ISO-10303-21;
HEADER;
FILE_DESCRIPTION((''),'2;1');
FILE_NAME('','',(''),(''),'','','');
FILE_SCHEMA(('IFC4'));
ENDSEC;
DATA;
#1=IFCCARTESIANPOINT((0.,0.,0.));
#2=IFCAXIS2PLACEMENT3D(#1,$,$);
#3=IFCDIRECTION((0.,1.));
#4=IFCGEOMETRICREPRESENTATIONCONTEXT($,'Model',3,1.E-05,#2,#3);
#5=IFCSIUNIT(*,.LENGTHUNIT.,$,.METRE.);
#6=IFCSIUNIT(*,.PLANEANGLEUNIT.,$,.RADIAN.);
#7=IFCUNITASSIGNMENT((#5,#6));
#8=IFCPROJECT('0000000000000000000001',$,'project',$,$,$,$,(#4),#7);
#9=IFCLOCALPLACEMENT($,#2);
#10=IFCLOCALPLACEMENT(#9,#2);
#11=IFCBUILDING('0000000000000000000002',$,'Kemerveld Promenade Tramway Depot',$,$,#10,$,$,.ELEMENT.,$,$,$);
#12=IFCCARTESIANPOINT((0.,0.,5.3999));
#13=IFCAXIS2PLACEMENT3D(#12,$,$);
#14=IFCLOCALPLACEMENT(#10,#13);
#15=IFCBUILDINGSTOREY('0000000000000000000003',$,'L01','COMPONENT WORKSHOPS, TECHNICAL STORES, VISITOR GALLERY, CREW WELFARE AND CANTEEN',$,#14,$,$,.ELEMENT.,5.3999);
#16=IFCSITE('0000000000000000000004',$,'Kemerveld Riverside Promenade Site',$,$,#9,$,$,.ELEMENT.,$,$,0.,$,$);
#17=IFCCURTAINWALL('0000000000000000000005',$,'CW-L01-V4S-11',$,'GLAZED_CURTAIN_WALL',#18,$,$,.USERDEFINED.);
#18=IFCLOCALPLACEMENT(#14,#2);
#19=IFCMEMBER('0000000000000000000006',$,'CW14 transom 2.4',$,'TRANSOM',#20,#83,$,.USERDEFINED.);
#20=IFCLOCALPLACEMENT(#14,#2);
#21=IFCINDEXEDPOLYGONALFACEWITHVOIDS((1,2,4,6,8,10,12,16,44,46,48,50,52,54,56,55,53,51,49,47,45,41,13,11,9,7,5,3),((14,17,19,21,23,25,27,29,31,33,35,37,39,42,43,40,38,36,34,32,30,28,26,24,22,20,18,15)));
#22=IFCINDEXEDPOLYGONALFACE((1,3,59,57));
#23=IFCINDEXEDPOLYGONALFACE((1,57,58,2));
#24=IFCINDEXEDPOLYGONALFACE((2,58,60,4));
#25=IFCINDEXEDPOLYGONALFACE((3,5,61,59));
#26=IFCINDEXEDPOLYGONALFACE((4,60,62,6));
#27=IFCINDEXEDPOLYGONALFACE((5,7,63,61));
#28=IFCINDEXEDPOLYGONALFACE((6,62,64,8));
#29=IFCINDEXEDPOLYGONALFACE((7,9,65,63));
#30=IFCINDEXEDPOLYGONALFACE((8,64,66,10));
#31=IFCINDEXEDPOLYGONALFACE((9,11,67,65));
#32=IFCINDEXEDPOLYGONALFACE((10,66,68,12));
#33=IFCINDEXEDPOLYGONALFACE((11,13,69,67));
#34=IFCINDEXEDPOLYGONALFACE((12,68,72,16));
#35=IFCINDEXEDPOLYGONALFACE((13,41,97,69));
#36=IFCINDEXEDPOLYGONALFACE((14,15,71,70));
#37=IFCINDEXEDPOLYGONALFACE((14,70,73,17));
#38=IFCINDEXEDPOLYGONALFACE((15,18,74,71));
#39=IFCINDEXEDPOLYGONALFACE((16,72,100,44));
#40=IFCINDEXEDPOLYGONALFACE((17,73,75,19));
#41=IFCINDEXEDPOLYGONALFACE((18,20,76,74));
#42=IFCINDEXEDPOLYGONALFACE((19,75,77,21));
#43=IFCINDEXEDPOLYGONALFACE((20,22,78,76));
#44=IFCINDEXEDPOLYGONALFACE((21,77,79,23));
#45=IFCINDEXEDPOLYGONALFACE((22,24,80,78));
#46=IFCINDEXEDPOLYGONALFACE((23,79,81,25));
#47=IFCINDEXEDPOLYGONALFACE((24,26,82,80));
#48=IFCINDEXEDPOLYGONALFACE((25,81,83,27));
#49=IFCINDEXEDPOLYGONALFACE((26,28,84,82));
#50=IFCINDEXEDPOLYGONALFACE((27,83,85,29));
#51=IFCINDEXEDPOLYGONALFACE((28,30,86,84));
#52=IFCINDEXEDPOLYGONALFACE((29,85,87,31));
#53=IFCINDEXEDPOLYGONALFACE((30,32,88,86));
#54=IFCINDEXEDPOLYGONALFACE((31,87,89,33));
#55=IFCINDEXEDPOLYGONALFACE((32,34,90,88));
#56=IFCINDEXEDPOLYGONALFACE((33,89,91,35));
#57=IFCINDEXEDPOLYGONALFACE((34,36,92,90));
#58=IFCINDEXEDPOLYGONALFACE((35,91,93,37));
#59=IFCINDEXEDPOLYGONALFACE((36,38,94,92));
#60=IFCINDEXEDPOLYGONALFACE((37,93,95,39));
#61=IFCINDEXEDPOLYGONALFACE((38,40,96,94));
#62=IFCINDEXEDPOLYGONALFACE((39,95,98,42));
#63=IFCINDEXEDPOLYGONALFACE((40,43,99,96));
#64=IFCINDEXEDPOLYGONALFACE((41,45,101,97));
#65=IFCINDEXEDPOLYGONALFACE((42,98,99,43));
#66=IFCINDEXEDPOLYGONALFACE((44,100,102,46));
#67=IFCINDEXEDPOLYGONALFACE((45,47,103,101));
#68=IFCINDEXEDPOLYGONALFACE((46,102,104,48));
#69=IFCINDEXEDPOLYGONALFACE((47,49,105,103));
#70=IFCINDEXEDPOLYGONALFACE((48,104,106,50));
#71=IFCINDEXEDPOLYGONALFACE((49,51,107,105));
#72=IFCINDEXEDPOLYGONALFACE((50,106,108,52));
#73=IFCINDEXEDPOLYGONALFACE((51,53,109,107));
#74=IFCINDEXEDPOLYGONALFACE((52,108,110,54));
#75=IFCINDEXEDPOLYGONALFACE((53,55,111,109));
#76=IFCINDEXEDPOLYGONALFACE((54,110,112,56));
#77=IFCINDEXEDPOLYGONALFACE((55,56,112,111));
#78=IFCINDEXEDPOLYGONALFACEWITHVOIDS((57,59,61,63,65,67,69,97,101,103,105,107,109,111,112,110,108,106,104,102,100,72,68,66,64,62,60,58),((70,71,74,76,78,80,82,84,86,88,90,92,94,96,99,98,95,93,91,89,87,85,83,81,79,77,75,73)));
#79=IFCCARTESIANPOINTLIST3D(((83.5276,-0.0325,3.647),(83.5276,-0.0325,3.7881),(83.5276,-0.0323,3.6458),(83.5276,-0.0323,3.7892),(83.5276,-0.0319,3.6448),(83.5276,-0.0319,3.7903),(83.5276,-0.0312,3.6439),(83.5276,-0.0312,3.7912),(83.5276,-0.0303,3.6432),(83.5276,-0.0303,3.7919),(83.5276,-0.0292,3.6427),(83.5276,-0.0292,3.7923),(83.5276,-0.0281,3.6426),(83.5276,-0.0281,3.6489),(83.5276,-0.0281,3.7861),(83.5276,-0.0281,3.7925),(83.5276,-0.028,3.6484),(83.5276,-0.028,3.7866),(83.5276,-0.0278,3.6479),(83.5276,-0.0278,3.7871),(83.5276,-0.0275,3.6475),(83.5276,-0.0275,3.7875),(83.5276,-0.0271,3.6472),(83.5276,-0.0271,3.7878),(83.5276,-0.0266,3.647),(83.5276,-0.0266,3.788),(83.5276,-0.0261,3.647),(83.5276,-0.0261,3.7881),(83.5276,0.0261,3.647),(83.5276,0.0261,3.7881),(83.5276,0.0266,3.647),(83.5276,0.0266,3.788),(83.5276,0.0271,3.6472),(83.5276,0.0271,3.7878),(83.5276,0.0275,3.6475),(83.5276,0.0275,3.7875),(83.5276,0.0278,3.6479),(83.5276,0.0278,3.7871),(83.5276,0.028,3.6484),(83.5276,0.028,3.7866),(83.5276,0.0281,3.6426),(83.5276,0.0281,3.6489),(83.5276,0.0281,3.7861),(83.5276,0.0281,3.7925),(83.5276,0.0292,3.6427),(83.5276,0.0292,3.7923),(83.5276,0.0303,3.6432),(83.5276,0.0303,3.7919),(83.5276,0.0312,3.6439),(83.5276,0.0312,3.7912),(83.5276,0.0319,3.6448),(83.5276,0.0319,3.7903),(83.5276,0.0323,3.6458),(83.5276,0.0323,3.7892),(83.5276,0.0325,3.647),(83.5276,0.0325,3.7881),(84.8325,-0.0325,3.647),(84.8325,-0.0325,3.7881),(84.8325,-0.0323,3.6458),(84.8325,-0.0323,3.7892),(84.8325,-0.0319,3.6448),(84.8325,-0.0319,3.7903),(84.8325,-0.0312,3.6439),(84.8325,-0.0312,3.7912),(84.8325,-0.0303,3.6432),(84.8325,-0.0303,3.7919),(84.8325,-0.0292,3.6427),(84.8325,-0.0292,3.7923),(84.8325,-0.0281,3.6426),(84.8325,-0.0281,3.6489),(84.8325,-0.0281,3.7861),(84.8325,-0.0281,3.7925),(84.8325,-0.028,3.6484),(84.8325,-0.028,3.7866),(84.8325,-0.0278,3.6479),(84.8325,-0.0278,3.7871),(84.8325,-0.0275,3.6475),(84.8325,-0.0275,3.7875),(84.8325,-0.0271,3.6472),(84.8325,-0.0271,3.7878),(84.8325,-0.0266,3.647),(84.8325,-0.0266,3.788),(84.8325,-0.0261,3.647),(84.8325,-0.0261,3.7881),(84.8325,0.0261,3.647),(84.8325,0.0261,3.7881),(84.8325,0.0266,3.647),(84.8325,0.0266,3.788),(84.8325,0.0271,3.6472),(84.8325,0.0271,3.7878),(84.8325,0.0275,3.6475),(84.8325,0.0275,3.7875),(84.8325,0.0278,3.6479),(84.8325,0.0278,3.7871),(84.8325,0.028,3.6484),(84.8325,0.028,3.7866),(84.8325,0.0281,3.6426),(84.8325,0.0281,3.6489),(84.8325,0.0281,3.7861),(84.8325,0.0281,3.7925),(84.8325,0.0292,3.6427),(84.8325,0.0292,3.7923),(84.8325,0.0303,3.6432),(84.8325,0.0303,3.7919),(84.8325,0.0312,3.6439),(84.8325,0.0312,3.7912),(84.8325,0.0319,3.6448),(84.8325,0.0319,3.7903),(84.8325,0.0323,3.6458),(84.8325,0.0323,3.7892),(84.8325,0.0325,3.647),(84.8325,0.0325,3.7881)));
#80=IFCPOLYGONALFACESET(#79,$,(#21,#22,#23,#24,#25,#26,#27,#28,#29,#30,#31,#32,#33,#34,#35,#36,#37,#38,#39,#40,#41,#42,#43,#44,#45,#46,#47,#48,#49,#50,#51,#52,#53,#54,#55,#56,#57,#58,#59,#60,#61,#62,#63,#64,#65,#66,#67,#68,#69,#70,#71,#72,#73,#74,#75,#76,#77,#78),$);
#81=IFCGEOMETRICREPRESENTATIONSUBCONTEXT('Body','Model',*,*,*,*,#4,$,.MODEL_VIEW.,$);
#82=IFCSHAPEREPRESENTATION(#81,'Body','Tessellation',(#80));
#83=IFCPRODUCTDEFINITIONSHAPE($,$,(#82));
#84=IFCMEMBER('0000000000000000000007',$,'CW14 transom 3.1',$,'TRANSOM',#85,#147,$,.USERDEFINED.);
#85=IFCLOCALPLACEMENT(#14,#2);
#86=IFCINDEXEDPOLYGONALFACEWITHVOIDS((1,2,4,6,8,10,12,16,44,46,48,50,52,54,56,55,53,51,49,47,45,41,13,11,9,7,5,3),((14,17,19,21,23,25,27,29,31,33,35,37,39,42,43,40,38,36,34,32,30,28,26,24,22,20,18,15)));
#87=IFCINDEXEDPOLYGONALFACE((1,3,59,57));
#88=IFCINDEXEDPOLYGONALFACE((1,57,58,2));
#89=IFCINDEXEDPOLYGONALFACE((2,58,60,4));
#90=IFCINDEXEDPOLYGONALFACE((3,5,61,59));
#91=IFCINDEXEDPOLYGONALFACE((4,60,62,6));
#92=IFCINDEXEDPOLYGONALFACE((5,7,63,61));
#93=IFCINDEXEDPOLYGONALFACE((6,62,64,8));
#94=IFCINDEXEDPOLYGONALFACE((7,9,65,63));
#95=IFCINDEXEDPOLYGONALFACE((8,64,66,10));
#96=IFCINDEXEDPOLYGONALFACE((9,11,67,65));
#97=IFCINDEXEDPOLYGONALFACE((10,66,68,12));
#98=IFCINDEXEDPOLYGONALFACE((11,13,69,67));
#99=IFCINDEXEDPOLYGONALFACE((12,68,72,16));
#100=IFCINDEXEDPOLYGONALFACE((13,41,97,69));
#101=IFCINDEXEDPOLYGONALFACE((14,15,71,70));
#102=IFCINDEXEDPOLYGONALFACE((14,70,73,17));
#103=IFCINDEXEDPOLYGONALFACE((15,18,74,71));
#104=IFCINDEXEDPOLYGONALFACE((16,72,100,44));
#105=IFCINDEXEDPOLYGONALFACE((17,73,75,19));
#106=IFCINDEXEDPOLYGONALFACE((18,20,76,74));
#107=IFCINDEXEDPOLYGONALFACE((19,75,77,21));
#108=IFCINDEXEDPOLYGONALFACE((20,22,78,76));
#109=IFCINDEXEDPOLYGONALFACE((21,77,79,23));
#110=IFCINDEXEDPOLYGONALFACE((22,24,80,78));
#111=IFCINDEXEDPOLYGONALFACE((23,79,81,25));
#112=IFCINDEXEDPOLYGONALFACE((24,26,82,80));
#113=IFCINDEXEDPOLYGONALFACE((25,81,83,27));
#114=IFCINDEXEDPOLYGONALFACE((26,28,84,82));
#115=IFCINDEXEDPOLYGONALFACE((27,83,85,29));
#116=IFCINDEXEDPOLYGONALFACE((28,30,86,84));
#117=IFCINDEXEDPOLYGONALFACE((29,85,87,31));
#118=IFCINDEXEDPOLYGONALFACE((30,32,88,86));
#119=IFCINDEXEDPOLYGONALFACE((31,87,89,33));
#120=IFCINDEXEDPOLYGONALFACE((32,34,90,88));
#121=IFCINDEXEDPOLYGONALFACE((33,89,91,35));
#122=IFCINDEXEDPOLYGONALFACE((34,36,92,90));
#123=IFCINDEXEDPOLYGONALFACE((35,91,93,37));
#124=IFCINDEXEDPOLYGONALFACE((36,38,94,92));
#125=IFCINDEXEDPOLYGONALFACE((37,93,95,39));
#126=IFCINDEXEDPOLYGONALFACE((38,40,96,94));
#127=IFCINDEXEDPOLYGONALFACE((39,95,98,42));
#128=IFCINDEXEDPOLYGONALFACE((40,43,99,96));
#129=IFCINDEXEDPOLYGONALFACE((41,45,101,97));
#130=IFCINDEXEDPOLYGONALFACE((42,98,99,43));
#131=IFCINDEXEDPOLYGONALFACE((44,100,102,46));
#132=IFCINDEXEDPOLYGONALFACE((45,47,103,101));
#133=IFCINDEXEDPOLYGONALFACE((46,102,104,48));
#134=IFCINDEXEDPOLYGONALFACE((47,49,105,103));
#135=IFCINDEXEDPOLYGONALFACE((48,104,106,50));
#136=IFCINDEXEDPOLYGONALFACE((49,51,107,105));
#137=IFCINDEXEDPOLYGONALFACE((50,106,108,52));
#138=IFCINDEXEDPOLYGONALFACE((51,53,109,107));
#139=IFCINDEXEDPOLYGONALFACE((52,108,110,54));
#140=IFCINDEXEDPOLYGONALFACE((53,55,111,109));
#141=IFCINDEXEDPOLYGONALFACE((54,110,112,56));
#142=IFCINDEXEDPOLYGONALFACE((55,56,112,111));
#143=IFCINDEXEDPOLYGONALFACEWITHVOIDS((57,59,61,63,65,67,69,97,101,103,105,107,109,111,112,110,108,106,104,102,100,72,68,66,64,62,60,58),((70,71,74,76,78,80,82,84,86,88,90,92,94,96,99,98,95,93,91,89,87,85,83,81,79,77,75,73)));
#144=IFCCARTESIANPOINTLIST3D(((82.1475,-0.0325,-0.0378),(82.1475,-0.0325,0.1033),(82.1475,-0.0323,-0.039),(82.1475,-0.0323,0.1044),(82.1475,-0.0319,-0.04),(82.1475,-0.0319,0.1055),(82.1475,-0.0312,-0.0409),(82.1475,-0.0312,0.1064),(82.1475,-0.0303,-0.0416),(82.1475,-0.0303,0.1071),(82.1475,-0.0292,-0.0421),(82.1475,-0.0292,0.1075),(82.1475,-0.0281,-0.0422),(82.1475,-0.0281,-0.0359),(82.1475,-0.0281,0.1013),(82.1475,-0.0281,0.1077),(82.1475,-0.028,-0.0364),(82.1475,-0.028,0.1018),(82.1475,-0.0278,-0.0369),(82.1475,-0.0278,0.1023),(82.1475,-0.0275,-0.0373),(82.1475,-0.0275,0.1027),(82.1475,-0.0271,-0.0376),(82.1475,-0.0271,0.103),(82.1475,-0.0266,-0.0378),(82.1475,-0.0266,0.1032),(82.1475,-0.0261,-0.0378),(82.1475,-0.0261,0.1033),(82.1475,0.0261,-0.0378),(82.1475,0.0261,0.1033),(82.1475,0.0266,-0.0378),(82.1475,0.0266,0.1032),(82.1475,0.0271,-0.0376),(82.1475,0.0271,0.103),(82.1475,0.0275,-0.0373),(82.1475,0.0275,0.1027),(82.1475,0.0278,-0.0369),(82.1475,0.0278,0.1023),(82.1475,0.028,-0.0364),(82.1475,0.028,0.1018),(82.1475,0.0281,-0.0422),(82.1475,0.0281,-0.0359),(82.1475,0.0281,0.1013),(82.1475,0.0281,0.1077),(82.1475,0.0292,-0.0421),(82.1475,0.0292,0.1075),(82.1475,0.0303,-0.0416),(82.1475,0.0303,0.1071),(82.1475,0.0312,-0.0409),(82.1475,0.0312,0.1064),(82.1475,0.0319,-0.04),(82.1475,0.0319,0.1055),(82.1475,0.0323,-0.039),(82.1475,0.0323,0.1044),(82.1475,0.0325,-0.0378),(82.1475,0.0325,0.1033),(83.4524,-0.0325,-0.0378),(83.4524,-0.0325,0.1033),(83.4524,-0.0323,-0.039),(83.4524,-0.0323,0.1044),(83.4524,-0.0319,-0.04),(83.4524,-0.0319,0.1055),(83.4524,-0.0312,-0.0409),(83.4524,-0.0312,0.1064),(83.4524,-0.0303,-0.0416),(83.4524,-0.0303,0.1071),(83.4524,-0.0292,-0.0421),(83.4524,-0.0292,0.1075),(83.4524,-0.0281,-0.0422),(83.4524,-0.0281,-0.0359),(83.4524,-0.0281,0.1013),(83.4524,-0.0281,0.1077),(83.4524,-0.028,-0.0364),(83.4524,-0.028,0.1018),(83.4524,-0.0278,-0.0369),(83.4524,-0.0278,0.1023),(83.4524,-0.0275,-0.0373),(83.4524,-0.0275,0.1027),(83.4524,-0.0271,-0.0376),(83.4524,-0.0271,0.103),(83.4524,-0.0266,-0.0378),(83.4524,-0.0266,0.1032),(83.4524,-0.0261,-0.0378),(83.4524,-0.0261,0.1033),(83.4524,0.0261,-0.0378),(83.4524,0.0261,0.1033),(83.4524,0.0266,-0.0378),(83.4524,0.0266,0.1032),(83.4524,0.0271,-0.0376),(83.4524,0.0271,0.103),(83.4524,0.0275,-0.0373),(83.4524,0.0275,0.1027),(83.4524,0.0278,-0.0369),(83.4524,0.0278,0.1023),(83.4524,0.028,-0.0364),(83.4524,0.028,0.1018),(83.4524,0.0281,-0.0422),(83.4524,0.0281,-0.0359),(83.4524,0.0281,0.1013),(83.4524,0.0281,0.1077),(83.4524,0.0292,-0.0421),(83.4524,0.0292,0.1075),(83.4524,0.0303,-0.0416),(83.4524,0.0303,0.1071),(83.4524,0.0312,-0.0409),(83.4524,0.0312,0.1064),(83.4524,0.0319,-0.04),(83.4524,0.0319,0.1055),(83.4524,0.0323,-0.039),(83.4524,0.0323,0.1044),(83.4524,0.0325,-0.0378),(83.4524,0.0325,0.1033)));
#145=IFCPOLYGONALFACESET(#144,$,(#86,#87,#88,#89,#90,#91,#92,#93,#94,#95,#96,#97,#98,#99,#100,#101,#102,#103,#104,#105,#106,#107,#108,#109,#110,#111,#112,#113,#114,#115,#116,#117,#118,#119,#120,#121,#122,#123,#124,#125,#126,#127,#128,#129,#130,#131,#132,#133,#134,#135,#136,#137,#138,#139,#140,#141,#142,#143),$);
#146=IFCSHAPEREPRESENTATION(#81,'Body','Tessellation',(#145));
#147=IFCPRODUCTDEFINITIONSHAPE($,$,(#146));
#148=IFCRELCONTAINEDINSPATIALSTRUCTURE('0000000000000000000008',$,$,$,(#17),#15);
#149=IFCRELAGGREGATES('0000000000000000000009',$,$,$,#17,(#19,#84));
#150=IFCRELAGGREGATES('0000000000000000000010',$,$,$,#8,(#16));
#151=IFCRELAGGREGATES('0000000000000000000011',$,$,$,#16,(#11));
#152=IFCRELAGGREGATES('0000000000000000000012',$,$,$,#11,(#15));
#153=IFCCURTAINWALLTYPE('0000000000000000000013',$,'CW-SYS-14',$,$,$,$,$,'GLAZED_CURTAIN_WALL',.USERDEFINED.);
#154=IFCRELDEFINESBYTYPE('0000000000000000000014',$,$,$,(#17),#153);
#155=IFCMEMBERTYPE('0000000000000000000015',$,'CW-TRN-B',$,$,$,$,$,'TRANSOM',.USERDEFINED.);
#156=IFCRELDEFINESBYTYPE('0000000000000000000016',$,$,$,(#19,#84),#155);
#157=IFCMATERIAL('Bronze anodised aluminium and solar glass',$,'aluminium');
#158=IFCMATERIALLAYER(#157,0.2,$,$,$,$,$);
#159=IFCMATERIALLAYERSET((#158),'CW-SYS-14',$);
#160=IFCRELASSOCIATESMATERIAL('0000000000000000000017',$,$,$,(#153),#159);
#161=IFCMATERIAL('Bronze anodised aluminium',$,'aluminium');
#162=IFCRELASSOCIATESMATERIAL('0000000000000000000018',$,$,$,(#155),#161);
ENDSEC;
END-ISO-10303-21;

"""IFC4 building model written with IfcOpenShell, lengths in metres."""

from ifc_helpers import new_model, si_unit, direction, frame, origin, origin_2d, place, context, subcontext, project, spatial, hollow_rectangle, extrude, material, layer, layer_set, material_profile, profile_set, type_object, element, aggregate, save


model = new_model("IFC4")

# Units and contexts
model_context = context("Model", 3, precision=1e-05, world=origin(), true_north=direction((0.0, 1.0)))
body_context = subcontext(model_context, "Body", "Model", "MODEL_VIEW")
ifc_project = project(units=[si_unit("LENGTHUNIT", "METRE"), si_unit("PLANEANGLEUNIT", "RADIAN")], contexts=[model_context])

# Site, building, storey
site_placement = place(None, origin())
site = spatial("IfcSite", under=ifc_project, at=site_placement, Name="Kemerveld Riverside Promenade Site", CompositionType="ELEMENT", RefElevation=0.0)
building_placement = place(site_placement, origin())
building = spatial("IfcBuilding", under=site, at=building_placement, Name="Kemerveld Promenade Tramway Depot", CompositionType="ELEMENT")
storey_placement = place(building_placement, frame((0.0, 0.0, 5.3999)))
storey = spatial("IfcBuildingStorey", under=building, at=storey_placement, Name="L01", Description="COMPONENT WORKSHOPS, TECHNICAL STORES, VISITOR GALLERY, CREW WELFARE AND CANTEEN", CompositionType="ELEMENT", Elevation=5.3999)

# Curtain wall, members
ifc_material_1 = material(Name="Bronze anodised aluminium and solar glass", Category="aluminium")
ifc_layer_1 = layer(ifc_material_1, 0.2)
ifc_layer_set_1 = layer_set([ifc_layer_1], Name="CW-SYS-14")
curtain_wall_type = type_object("IfcCurtainWallType", Name="CW-SYS-14", ElementType="GLAZED_CURTAIN_WALL", PredefinedType="USERDEFINED", material=ifc_layer_set_1)
curtain_wall_placement = place(storey_placement, origin())
curtain_wall = element("IfcCurtainWall", 1, at=curtain_wall_placement, inside=storey, type_object=curtain_wall_type, Name="CW-L01-V4S-11", ObjectType="GLAZED_CURTAIN_WALL", PredefinedType="USERDEFINED")
ifc_material_2 = material(Name="Bronze anodised aluminium", Category="aluminium")
ifc_material_profile_1 = material_profile(ifc_material_2, hollow_rectangle(XDim=0.0649, YDim=0.1499, WallThickness=0.0044, InnerFilletRadius=0.002, OuterFilletRadius=0.0044, at=origin_2d()), Name="CW-TRN-150x65")
ifc_profile_set_1 = profile_set([ifc_material_profile_1], Name="Bronze anodised aluminium")
member_type_1 = type_object("IfcMemberType", Name="CW-TRN-B", ElementType="TRANSOM", PredefinedType="USERDEFINED", material=ifc_profile_set_1)
member_1_placement = place(storey_placement, frame((84.8325, 0.0, 3.7175), z_axis=(-1.0, 0.0, 0.0), x_axis=(0.0, -1.0, 0.0)))
member_1 = element("IfcMember", 2, at=member_1_placement, type_object=member_type_1, Name="CW14 transom 2.4", ObjectType="TRANSOM", PredefinedType="USERDEFINED", context=body_context, shape_type="SweptSolid", body=[
    extrude(hollow_rectangle(XDim=0.0649, YDim=0.1499, WallThickness=0.0044, InnerFilletRadius=0.002, OuterFilletRadius=0.0044, at=origin_2d()), origin(), (0.0, 0.0, 1.0), 1.3049),
])
member_2_placement = place(storey_placement, frame((83.4524, 0.0, 0.0327), z_axis=(-1.0, 0.0, 0.0), x_axis=(0.0, -1.0, 0.0)))
member_2 = element("IfcMember", 3, at=member_2_placement, type_object=member_type_1, Name="CW14 transom 3.1", ObjectType="TRANSOM", PredefinedType="USERDEFINED", context=body_context, shape_type="SweptSolid", body=[
    extrude(hollow_rectangle(XDim=0.0649, YDim=0.1499, WallThickness=0.0044, InnerFilletRadius=0.002, OuterFilletRadius=0.0044, at=origin_2d()), origin(), (0.0, 0.0, 1.0), 1.3049),
])
aggregate(curtain_wall, [member_1, member_2])

save(model, "model.ifc")
